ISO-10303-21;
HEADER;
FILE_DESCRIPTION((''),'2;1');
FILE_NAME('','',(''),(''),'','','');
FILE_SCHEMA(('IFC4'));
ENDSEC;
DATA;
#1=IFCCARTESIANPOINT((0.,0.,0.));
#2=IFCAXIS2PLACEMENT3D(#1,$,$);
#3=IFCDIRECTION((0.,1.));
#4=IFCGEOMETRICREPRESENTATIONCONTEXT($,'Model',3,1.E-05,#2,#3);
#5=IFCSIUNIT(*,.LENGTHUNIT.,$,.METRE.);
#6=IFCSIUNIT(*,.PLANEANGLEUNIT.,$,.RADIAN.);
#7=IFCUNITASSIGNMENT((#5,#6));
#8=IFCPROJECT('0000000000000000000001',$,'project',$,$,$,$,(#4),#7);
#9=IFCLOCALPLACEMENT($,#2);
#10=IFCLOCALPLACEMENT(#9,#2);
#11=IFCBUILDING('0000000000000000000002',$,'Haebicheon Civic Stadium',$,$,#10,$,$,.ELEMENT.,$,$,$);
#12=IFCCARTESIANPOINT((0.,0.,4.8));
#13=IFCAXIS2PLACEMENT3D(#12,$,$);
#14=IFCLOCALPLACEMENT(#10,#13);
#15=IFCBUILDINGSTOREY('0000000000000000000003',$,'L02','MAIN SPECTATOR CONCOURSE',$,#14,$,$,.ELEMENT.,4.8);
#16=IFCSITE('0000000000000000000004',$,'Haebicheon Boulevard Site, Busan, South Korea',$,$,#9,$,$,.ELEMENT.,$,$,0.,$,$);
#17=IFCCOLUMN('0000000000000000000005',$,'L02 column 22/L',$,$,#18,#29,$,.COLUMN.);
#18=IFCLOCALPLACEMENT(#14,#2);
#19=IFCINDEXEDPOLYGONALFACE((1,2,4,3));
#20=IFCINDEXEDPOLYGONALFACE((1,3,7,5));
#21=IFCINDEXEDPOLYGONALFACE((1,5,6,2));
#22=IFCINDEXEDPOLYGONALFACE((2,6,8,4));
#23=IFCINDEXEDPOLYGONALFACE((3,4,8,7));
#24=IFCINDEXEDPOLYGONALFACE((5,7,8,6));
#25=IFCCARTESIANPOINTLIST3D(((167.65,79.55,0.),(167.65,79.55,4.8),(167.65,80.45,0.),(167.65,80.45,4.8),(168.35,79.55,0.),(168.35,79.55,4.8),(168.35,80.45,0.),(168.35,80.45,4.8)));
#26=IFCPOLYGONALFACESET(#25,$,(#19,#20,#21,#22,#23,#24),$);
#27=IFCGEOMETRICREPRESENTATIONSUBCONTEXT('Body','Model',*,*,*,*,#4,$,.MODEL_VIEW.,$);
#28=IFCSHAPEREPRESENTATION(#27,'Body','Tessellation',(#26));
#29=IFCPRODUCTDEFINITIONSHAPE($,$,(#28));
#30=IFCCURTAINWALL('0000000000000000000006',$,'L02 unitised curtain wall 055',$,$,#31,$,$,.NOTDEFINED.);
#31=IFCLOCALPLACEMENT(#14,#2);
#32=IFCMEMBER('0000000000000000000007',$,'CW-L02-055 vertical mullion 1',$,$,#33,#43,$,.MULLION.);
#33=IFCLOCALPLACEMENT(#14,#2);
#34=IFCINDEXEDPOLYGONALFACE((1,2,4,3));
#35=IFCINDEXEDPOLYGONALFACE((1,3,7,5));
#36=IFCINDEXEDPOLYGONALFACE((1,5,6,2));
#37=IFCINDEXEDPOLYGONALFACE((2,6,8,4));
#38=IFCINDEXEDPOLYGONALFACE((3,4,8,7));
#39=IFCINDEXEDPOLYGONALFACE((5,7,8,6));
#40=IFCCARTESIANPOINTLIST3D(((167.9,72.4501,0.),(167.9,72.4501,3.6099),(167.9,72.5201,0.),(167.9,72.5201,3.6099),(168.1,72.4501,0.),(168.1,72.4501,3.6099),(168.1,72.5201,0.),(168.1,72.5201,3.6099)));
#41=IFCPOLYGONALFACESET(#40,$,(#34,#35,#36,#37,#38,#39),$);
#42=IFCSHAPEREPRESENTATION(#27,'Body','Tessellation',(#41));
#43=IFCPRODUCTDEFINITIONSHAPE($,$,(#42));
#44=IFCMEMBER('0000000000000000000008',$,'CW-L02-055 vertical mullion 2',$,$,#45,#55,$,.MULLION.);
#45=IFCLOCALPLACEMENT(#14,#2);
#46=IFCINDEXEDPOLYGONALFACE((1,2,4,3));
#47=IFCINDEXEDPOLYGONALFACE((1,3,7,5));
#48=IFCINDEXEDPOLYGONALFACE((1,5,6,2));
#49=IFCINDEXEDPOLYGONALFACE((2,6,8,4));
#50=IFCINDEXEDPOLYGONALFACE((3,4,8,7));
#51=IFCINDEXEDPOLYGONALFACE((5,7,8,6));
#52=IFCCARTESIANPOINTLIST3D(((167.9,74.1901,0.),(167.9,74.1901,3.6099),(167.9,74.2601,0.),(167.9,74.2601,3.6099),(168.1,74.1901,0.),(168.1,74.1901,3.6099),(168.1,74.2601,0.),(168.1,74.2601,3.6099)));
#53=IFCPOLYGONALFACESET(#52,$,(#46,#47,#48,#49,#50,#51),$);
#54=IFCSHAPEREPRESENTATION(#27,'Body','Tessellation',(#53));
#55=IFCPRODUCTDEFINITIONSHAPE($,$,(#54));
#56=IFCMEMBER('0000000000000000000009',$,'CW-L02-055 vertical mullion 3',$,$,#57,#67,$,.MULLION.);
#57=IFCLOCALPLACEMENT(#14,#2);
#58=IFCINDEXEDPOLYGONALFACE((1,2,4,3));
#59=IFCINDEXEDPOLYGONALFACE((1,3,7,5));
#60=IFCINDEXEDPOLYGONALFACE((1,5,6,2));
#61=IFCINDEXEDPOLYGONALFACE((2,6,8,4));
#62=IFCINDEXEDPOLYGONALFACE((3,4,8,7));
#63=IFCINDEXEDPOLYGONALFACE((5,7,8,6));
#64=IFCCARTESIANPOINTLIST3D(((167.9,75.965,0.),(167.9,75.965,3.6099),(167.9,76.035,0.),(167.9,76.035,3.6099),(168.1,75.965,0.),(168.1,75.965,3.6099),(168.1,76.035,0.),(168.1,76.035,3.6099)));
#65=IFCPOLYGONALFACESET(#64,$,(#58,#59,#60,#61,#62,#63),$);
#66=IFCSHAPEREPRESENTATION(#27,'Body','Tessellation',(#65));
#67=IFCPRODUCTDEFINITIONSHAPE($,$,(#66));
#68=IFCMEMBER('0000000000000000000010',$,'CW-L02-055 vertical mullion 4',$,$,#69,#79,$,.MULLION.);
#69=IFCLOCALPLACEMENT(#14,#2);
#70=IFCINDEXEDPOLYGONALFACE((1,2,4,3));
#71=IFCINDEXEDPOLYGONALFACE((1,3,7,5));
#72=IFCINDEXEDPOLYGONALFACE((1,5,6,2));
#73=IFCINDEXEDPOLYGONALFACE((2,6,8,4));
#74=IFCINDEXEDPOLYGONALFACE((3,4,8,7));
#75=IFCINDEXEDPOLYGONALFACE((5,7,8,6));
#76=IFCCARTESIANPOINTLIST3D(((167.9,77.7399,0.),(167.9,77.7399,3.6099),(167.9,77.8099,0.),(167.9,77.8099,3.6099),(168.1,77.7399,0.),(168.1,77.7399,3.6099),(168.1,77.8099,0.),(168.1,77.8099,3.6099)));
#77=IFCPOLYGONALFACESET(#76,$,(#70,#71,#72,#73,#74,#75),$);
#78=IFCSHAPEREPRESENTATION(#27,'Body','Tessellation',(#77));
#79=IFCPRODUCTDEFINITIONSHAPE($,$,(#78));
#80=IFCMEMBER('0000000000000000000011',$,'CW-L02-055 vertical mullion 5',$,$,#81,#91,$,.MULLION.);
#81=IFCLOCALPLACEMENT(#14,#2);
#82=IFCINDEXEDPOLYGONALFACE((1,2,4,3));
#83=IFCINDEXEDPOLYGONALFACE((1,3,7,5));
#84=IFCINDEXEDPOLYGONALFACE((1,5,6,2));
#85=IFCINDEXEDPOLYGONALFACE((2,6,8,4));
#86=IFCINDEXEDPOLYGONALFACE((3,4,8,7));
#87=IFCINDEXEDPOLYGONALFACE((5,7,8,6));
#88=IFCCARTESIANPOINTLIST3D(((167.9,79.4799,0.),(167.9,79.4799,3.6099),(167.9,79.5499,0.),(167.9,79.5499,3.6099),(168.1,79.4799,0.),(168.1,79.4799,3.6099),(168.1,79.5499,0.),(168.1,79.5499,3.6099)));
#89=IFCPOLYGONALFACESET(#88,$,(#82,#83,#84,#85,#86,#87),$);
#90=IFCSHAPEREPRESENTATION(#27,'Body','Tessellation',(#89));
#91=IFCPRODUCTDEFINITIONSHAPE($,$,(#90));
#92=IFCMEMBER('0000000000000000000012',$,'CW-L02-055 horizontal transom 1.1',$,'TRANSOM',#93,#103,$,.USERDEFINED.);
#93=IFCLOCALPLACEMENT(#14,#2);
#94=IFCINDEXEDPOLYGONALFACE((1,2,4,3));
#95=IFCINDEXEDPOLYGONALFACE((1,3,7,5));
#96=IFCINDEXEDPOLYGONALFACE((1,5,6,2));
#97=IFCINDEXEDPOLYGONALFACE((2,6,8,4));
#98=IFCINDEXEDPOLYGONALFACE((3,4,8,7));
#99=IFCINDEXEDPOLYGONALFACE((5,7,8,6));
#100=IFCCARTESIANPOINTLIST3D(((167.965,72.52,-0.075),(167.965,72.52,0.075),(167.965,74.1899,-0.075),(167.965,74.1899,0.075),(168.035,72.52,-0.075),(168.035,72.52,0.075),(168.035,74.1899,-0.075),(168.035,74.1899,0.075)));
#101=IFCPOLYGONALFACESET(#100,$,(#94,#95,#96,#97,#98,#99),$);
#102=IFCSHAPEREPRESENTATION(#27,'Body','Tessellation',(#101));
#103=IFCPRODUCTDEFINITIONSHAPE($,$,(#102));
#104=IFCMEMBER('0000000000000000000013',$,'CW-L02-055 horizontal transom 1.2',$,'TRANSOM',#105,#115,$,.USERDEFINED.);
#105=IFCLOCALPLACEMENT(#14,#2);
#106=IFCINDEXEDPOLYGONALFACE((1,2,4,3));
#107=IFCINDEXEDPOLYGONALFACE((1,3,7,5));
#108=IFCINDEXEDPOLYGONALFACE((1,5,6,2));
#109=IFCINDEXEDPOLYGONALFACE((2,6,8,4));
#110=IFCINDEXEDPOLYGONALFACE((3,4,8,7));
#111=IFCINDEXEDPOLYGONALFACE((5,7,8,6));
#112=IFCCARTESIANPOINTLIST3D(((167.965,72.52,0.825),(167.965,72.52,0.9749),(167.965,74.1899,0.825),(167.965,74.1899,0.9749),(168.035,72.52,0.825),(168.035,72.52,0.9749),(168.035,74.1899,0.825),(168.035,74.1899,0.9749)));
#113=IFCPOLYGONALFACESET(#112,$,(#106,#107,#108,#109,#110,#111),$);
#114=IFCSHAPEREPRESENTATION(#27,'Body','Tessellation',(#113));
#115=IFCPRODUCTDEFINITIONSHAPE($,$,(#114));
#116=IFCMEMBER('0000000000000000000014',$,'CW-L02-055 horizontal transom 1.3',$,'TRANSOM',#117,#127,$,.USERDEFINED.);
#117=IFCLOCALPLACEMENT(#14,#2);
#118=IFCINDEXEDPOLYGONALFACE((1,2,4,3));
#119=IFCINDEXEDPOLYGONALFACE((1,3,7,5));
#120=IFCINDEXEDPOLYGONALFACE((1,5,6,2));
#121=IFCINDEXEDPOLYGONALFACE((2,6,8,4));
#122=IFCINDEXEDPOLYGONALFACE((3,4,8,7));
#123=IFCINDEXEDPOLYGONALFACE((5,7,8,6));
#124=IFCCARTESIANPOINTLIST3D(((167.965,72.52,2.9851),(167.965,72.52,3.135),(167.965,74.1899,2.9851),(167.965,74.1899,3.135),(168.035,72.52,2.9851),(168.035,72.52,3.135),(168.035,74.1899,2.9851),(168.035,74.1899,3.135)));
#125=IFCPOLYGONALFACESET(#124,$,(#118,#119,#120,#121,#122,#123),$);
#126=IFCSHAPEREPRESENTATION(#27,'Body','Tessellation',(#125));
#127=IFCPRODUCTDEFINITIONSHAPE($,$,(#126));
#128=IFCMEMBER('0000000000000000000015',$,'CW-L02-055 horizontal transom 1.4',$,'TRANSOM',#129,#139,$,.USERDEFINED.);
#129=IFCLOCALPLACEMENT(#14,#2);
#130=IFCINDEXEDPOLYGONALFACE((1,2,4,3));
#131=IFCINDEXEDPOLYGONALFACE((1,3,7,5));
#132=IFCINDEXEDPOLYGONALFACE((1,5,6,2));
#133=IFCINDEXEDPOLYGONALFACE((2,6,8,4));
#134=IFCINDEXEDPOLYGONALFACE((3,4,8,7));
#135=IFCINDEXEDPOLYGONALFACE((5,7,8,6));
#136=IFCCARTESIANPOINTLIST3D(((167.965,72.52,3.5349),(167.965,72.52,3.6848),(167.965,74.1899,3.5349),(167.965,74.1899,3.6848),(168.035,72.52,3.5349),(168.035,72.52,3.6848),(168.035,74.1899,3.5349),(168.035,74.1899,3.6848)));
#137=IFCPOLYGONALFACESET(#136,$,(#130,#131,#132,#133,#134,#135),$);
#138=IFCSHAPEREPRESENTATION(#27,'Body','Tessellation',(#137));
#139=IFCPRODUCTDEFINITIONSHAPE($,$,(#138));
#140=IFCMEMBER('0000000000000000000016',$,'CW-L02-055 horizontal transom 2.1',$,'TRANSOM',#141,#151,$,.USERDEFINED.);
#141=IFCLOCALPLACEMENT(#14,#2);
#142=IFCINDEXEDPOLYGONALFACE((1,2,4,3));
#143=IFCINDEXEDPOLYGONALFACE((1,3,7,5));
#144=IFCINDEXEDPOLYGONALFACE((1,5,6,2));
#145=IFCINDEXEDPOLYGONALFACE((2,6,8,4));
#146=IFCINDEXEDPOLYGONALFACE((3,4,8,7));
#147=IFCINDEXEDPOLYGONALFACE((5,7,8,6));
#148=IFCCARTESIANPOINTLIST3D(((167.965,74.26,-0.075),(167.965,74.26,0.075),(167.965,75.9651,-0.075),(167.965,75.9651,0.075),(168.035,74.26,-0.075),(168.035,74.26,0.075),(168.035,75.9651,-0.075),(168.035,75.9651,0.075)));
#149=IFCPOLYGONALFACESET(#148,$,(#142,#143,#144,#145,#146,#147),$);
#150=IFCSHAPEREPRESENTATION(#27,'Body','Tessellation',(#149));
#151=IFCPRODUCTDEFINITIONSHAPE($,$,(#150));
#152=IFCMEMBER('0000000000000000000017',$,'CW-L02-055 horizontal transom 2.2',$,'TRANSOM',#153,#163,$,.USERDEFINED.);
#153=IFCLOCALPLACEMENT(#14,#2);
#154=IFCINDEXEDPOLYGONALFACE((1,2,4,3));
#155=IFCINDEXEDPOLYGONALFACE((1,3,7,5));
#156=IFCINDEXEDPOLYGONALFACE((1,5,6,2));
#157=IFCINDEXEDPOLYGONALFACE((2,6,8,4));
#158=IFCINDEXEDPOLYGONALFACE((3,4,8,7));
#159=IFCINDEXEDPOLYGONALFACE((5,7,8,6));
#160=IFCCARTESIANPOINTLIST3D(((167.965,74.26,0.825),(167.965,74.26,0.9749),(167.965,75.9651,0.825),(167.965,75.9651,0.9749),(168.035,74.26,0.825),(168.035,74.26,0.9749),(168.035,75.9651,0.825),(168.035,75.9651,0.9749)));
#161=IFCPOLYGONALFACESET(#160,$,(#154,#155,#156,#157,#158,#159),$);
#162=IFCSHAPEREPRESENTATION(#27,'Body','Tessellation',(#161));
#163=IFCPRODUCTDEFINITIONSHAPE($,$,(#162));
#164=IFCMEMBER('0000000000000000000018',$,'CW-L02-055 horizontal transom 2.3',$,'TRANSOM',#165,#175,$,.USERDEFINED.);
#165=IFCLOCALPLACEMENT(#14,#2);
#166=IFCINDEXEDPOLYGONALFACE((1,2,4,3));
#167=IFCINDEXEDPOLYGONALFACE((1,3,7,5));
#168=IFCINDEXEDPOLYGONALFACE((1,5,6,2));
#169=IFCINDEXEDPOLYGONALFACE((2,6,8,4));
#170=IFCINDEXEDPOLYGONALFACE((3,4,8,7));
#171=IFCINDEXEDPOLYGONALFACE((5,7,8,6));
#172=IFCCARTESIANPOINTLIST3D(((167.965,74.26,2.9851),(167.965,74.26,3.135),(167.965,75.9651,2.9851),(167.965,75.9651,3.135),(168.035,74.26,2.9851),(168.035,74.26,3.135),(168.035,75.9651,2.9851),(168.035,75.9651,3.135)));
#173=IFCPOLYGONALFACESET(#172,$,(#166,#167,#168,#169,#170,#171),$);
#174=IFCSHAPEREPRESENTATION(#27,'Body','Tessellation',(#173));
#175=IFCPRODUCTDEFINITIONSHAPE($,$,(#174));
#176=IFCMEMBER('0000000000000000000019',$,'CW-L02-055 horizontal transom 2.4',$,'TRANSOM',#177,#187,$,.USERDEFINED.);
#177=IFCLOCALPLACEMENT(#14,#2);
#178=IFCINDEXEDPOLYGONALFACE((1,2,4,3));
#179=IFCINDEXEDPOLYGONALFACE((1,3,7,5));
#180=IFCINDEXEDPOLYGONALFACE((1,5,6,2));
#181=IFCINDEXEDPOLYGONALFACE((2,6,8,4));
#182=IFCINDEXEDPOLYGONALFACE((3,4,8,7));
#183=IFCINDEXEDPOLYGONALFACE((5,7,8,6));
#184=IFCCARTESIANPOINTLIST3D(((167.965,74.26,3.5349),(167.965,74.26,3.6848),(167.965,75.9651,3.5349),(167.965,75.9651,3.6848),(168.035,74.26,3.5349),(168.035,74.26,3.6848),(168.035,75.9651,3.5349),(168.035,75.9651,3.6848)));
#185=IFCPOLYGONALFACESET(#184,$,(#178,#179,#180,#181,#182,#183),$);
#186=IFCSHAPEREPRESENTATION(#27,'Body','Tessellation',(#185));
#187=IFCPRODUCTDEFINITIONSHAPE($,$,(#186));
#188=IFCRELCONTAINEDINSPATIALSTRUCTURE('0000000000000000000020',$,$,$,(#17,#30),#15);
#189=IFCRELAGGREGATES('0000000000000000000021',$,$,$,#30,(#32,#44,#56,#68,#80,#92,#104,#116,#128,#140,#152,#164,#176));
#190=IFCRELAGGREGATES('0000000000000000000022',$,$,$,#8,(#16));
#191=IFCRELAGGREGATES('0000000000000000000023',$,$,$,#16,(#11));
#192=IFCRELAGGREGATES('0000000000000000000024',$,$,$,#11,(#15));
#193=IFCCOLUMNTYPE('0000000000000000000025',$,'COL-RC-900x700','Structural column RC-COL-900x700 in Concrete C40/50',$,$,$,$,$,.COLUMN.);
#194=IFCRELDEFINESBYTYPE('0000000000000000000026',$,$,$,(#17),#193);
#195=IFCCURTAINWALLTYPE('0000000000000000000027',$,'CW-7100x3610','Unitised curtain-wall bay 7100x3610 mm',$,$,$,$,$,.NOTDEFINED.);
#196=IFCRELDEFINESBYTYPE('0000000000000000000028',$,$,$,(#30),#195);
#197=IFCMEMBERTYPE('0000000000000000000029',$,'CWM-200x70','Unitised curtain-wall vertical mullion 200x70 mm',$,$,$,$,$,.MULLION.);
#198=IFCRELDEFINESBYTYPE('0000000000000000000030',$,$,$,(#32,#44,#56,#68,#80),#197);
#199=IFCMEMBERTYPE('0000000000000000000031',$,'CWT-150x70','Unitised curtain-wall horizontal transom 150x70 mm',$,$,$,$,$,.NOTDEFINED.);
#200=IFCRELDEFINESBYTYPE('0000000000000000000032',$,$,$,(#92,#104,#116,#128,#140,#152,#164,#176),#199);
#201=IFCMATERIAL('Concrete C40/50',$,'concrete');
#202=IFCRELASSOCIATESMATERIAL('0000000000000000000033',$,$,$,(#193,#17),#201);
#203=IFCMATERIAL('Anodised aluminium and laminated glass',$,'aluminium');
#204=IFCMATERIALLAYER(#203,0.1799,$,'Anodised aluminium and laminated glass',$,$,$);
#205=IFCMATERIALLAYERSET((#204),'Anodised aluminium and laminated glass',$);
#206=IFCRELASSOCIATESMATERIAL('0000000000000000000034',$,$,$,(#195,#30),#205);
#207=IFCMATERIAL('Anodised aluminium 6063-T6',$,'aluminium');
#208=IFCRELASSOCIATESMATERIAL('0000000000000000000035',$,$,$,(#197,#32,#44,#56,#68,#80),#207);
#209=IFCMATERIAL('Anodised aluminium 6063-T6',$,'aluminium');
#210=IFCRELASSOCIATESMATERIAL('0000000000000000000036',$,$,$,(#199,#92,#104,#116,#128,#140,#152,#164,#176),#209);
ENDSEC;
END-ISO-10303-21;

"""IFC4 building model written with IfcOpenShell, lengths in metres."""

from ifc_helpers import new_model, si_unit, direction, frame, origin, origin_2d, place, context, subcontext, project, spatial, rectangle, extrude, material, layer, layer_set, material_profile, profile_set, type_object, element, aggregate, save


model = new_model("IFC4")

# Units and contexts
model_context = context("Model", 3, precision=1e-05, world=origin(), true_north=direction((0.0, 1.0)))
body_context = subcontext(model_context, "Body", "Model", "MODEL_VIEW")
ifc_project = project(units=[si_unit("LENGTHUNIT", "METRE"), si_unit("PLANEANGLEUNIT", "RADIAN")], contexts=[model_context])

# Site, building, storey
site_placement = place(None, origin())
site = spatial("IfcSite", under=ifc_project, at=site_placement, Name="Haebicheon Boulevard Site, Busan, South Korea", CompositionType="ELEMENT", RefElevation=0.0)
building_placement = place(site_placement, origin())
building = spatial("IfcBuilding", under=site, at=building_placement, Name="Haebicheon Civic Stadium", CompositionType="ELEMENT")
storey_placement = place(building_placement, frame((0.0, 0.0, 4.8)))
storey = spatial("IfcBuildingStorey", under=building, at=storey_placement, Name="L02", Description="MAIN SPECTATOR CONCOURSE", CompositionType="ELEMENT", Elevation=4.8)

# Column
ifc_material_1 = material(Name="Concrete C40/50", Category="concrete")
ifc_material_profile_1 = material_profile(ifc_material_1, rectangle(XDim=0.7, YDim=0.8999, at=origin_2d()), Name="RC-COL-900x700")
ifc_profile_set_1 = profile_set([ifc_material_profile_1], Name="Concrete C40/50")
column_type = type_object("IfcColumnType", Name="COL-RC-900x700", Description="Structural column RC-COL-900x700 in Concrete C40/50", PredefinedType="COLUMN", material=ifc_profile_set_1)
column_placement = place(storey_placement, frame((168.0, 80.0, 0.0), z_axis=(0.0, 0.0, 1.0), x_axis=(1.0, 0.0, 0.0)))
element("IfcColumn", 1, at=column_placement, inside=storey, type_object=column_type, material=ifc_profile_set_1, Name="L02 column 22/L", PredefinedType="COLUMN", context=body_context, shape_type="SweptSolid", body=[
    extrude(rectangle(XDim=0.7, YDim=0.8999, at=origin_2d()), origin(), (0.0, 0.0, 1.0), 4.8),
])

# Curtain wall, members
ifc_material_2 = material(Name="Anodised aluminium and laminated glass", Category="aluminium")
ifc_layer_1 = layer(ifc_material_2, 0.1799, Name="Anodised aluminium and laminated glass")
ifc_layer_set_1 = layer_set([ifc_layer_1], Name="Anodised aluminium and laminated glass")
curtain_wall_type = type_object("IfcCurtainWallType", Name="CW-7100x3610", Description="Unitised curtain-wall bay 7100x3610 mm", PredefinedType="NOTDEFINED", material=ifc_layer_set_1)
curtain_wall_placement = place(storey_placement, origin())
curtain_wall = element("IfcCurtainWall", 2, at=curtain_wall_placement, inside=storey, type_object=curtain_wall_type, material=ifc_layer_set_1, Name="L02 unitised curtain wall 055", PredefinedType="NOTDEFINED")
ifc_material_3 = material(Name="Anodised aluminium 6063-T6", Category="aluminium")
ifc_material_profile_2 = material_profile(ifc_material_3, rectangle(XDim=0.0701, YDim=0.2, at=origin_2d()), Name="ALU-MULL-70x200")
ifc_profile_set_2 = profile_set([ifc_material_profile_2], Name="Anodised aluminium 6063-T6")
member_type_1 = type_object("IfcMemberType", Name="CWM-200x70", Description="Unitised curtain-wall vertical mullion 200x70 mm", PredefinedType="MULLION", material=ifc_profile_set_2)
member_1_placement = place(storey_placement, frame((168.0, 72.4851, 0.0), z_axis=(0.0, 0.0, 1.0), x_axis=(0.0, 1.0, 0.0)))
member_1 = element("IfcMember", 3, at=member_1_placement, type_object=member_type_1, material=ifc_profile_set_2, Name="CW-L02-055 vertical mullion 1", PredefinedType="MULLION", context=body_context, shape_type="SweptSolid", body=[
    extrude(rectangle(XDim=0.0701, YDim=0.2, at=origin_2d()), origin(), (0.0, 0.0, 1.0), 3.6099),
])
member_2_placement = place(storey_placement, frame((168.0, 74.2251, 0.0), z_axis=(0.0, 0.0, 1.0), x_axis=(0.0, 1.0, 0.0)))
member_2 = element("IfcMember", 4, at=member_2_placement, type_object=member_type_1, material=ifc_profile_set_2, Name="CW-L02-055 vertical mullion 2", PredefinedType="MULLION", context=body_context, shape_type="SweptSolid", body=[
    extrude(rectangle(XDim=0.0701, YDim=0.2, at=origin_2d()), origin(), (0.0, 0.0, 1.0), 3.6099),
])
member_3_placement = place(storey_placement, frame((168.0, 76.0, 0.0), z_axis=(0.0, 0.0, 1.0), x_axis=(0.0, 1.0, 0.0)))
member_3 = element("IfcMember", 5, at=member_3_placement, type_object=member_type_1, material=ifc_profile_set_2, Name="CW-L02-055 vertical mullion 3", PredefinedType="MULLION", context=body_context, shape_type="SweptSolid", body=[
    extrude(rectangle(XDim=0.0701, YDim=0.2, at=origin_2d()), origin(), (0.0, 0.0, 1.0), 3.6099),
])
member_4_placement = place(storey_placement, frame((168.0, 77.7749, 0.0), z_axis=(0.0, 0.0, 1.0), x_axis=(0.0, 1.0, 0.0)))
member_4 = element("IfcMember", 6, at=member_4_placement, type_object=member_type_1, material=ifc_profile_set_2, Name="CW-L02-055 vertical mullion 4", PredefinedType="MULLION", context=body_context, shape_type="SweptSolid", body=[
    extrude(rectangle(XDim=0.0701, YDim=0.2, at=origin_2d()), origin(), (0.0, 0.0, 1.0), 3.6099),
])
member_5_placement = place(storey_placement, frame((168.0, 79.5149, 0.0), z_axis=(0.0, 0.0, 1.0), x_axis=(0.0, 1.0, 0.0)))
member_5 = element("IfcMember", 7, at=member_5_placement, type_object=member_type_1, material=ifc_profile_set_2, Name="CW-L02-055 vertical mullion 5", PredefinedType="MULLION", context=body_context, shape_type="SweptSolid", body=[
    extrude(rectangle(XDim=0.0701, YDim=0.2, at=origin_2d()), origin(), (0.0, 0.0, 1.0), 3.6099),
])
ifc_material_4 = material(Name="Anodised aluminium 6063-T6", Category="aluminium")
ifc_material_profile_3 = material_profile(ifc_material_4, rectangle(XDim=0.0701, YDim=0.1499, at=origin_2d()), Name="ALU-TRAN-70x150")
ifc_profile_set_3 = profile_set([ifc_material_profile_3], Name="Anodised aluminium 6063-T6")
member_type_2 = type_object("IfcMemberType", Name="CWT-150x70", Description="Unitised curtain-wall horizontal transom 150x70 mm", PredefinedType="NOTDEFINED", material=ifc_profile_set_3)
member_6_placement = place(storey_placement, frame((168.0, 72.52, 0.0), z_axis=(0.0, 1.0, 0.0), x_axis=(-1.0, 0.0, 0.0)))
member_6 = element("IfcMember", 8, at=member_6_placement, type_object=member_type_2, material=ifc_profile_set_3, Name="CW-L02-055 horizontal transom 1.1", ObjectType="TRANSOM", PredefinedType="USERDEFINED", context=body_context, shape_type="SweptSolid", body=[
    extrude(rectangle(XDim=0.0701, YDim=0.1499, at=origin_2d()), origin(), (0.0, 0.0, 1.0), 1.6699),
])
member_7_placement = place(storey_placement, frame((168.0, 72.52, 0.8999), z_axis=(0.0, 1.0, 0.0), x_axis=(-1.0, 0.0, 0.0)))
member_7 = element("IfcMember", 9, at=member_7_placement, type_object=member_type_2, material=ifc_profile_set_3, Name="CW-L02-055 horizontal transom 1.2", ObjectType="TRANSOM", PredefinedType="USERDEFINED", context=body_context, shape_type="SweptSolid", body=[
    extrude(rectangle(XDim=0.0701, YDim=0.1499, at=origin_2d()), origin(), (0.0, 0.0, 1.0), 1.6699),
])
member_8_placement = place(storey_placement, frame((168.0, 72.52, 3.0601), z_axis=(0.0, 1.0, 0.0), x_axis=(-1.0, 0.0, 0.0)))
member_8 = element("IfcMember", 10, at=member_8_placement, type_object=member_type_2, material=ifc_profile_set_3, Name="CW-L02-055 horizontal transom 1.3", ObjectType="TRANSOM", PredefinedType="USERDEFINED", context=body_context, shape_type="SweptSolid", body=[
    extrude(rectangle(XDim=0.0701, YDim=0.1499, at=origin_2d()), origin(), (0.0, 0.0, 1.0), 1.6699),
])
member_9_placement = place(storey_placement, frame((168.0, 72.52, 3.6099), z_axis=(0.0, 1.0, 0.0), x_axis=(-1.0, 0.0, 0.0)))
member_9 = element("IfcMember", 11, at=member_9_placement, type_object=member_type_2, material=ifc_profile_set_3, Name="CW-L02-055 horizontal transom 1.4", ObjectType="TRANSOM", PredefinedType="USERDEFINED", context=body_context, shape_type="SweptSolid", body=[
    extrude(rectangle(XDim=0.0701, YDim=0.1499, at=origin_2d()), origin(), (0.0, 0.0, 1.0), 1.6699),
])
member_10_placement = place(storey_placement, frame((168.0, 74.26, 0.0), z_axis=(0.0, 1.0, 0.0), x_axis=(-1.0, 0.0, 0.0)))
member_10 = element("IfcMember", 12, at=member_10_placement, type_object=member_type_2, material=ifc_profile_set_3, Name="CW-L02-055 horizontal transom 2.1", ObjectType="TRANSOM", PredefinedType="USERDEFINED", context=body_context, shape_type="SweptSolid", body=[
    extrude(rectangle(XDim=0.0701, YDim=0.1499, at=origin_2d()), origin(), (0.0, 0.0, 1.0), 1.7051),
])
member_11_placement = place(storey_placement, frame((168.0, 74.26, 0.8999), z_axis=(0.0, 1.0, 0.0), x_axis=(-1.0, 0.0, 0.0)))
member_11 = element("IfcMember", 13, at=member_11_placement, type_object=member_type_2, material=ifc_profile_set_3, Name="CW-L02-055 horizontal transom 2.2", ObjectType="TRANSOM", PredefinedType="USERDEFINED", context=body_context, shape_type="SweptSolid", body=[
    extrude(rectangle(XDim=0.0701, YDim=0.1499, at=origin_2d()), origin(), (0.0, 0.0, 1.0), 1.7051),
])
member_12_placement = place(storey_placement, frame((168.0, 74.26, 3.0601), z_axis=(0.0, 1.0, 0.0), x_axis=(-1.0, 0.0, 0.0)))
member_12 = element("IfcMember", 14, at=member_12_placement, type_object=member_type_2, material=ifc_profile_set_3, Name="CW-L02-055 horizontal transom 2.3", ObjectType="TRANSOM", PredefinedType="USERDEFINED", context=body_context, shape_type="SweptSolid", body=[
    extrude(rectangle(XDim=0.0701, YDim=0.1499, at=origin_2d()), origin(), (0.0, 0.0, 1.0), 1.7051),
])
member_13_placement = place(storey_placement, frame((168.0, 74.26, 3.6099), z_axis=(0.0, 1.0, 0.0), x_axis=(-1.0, 0.0, 0.0)))
member_13 = element("IfcMember", 15, at=member_13_placement, type_object=member_type_2, material=ifc_profile_set_3, Name="CW-L02-055 horizontal transom 2.4", ObjectType="TRANSOM", PredefinedType="USERDEFINED", context=body_context, shape_type="SweptSolid", body=[
    extrude(rectangle(XDim=0.0701, YDim=0.1499, at=origin_2d()), origin(), (0.0, 0.0, 1.0), 1.7051),
])

aggregate(curtain_wall, [member_1, member_2, member_3, member_4, member_5, member_6, member_7, member_8, member_9, member_10, member_11, member_12, member_13])

save(model, "model.ifc")
